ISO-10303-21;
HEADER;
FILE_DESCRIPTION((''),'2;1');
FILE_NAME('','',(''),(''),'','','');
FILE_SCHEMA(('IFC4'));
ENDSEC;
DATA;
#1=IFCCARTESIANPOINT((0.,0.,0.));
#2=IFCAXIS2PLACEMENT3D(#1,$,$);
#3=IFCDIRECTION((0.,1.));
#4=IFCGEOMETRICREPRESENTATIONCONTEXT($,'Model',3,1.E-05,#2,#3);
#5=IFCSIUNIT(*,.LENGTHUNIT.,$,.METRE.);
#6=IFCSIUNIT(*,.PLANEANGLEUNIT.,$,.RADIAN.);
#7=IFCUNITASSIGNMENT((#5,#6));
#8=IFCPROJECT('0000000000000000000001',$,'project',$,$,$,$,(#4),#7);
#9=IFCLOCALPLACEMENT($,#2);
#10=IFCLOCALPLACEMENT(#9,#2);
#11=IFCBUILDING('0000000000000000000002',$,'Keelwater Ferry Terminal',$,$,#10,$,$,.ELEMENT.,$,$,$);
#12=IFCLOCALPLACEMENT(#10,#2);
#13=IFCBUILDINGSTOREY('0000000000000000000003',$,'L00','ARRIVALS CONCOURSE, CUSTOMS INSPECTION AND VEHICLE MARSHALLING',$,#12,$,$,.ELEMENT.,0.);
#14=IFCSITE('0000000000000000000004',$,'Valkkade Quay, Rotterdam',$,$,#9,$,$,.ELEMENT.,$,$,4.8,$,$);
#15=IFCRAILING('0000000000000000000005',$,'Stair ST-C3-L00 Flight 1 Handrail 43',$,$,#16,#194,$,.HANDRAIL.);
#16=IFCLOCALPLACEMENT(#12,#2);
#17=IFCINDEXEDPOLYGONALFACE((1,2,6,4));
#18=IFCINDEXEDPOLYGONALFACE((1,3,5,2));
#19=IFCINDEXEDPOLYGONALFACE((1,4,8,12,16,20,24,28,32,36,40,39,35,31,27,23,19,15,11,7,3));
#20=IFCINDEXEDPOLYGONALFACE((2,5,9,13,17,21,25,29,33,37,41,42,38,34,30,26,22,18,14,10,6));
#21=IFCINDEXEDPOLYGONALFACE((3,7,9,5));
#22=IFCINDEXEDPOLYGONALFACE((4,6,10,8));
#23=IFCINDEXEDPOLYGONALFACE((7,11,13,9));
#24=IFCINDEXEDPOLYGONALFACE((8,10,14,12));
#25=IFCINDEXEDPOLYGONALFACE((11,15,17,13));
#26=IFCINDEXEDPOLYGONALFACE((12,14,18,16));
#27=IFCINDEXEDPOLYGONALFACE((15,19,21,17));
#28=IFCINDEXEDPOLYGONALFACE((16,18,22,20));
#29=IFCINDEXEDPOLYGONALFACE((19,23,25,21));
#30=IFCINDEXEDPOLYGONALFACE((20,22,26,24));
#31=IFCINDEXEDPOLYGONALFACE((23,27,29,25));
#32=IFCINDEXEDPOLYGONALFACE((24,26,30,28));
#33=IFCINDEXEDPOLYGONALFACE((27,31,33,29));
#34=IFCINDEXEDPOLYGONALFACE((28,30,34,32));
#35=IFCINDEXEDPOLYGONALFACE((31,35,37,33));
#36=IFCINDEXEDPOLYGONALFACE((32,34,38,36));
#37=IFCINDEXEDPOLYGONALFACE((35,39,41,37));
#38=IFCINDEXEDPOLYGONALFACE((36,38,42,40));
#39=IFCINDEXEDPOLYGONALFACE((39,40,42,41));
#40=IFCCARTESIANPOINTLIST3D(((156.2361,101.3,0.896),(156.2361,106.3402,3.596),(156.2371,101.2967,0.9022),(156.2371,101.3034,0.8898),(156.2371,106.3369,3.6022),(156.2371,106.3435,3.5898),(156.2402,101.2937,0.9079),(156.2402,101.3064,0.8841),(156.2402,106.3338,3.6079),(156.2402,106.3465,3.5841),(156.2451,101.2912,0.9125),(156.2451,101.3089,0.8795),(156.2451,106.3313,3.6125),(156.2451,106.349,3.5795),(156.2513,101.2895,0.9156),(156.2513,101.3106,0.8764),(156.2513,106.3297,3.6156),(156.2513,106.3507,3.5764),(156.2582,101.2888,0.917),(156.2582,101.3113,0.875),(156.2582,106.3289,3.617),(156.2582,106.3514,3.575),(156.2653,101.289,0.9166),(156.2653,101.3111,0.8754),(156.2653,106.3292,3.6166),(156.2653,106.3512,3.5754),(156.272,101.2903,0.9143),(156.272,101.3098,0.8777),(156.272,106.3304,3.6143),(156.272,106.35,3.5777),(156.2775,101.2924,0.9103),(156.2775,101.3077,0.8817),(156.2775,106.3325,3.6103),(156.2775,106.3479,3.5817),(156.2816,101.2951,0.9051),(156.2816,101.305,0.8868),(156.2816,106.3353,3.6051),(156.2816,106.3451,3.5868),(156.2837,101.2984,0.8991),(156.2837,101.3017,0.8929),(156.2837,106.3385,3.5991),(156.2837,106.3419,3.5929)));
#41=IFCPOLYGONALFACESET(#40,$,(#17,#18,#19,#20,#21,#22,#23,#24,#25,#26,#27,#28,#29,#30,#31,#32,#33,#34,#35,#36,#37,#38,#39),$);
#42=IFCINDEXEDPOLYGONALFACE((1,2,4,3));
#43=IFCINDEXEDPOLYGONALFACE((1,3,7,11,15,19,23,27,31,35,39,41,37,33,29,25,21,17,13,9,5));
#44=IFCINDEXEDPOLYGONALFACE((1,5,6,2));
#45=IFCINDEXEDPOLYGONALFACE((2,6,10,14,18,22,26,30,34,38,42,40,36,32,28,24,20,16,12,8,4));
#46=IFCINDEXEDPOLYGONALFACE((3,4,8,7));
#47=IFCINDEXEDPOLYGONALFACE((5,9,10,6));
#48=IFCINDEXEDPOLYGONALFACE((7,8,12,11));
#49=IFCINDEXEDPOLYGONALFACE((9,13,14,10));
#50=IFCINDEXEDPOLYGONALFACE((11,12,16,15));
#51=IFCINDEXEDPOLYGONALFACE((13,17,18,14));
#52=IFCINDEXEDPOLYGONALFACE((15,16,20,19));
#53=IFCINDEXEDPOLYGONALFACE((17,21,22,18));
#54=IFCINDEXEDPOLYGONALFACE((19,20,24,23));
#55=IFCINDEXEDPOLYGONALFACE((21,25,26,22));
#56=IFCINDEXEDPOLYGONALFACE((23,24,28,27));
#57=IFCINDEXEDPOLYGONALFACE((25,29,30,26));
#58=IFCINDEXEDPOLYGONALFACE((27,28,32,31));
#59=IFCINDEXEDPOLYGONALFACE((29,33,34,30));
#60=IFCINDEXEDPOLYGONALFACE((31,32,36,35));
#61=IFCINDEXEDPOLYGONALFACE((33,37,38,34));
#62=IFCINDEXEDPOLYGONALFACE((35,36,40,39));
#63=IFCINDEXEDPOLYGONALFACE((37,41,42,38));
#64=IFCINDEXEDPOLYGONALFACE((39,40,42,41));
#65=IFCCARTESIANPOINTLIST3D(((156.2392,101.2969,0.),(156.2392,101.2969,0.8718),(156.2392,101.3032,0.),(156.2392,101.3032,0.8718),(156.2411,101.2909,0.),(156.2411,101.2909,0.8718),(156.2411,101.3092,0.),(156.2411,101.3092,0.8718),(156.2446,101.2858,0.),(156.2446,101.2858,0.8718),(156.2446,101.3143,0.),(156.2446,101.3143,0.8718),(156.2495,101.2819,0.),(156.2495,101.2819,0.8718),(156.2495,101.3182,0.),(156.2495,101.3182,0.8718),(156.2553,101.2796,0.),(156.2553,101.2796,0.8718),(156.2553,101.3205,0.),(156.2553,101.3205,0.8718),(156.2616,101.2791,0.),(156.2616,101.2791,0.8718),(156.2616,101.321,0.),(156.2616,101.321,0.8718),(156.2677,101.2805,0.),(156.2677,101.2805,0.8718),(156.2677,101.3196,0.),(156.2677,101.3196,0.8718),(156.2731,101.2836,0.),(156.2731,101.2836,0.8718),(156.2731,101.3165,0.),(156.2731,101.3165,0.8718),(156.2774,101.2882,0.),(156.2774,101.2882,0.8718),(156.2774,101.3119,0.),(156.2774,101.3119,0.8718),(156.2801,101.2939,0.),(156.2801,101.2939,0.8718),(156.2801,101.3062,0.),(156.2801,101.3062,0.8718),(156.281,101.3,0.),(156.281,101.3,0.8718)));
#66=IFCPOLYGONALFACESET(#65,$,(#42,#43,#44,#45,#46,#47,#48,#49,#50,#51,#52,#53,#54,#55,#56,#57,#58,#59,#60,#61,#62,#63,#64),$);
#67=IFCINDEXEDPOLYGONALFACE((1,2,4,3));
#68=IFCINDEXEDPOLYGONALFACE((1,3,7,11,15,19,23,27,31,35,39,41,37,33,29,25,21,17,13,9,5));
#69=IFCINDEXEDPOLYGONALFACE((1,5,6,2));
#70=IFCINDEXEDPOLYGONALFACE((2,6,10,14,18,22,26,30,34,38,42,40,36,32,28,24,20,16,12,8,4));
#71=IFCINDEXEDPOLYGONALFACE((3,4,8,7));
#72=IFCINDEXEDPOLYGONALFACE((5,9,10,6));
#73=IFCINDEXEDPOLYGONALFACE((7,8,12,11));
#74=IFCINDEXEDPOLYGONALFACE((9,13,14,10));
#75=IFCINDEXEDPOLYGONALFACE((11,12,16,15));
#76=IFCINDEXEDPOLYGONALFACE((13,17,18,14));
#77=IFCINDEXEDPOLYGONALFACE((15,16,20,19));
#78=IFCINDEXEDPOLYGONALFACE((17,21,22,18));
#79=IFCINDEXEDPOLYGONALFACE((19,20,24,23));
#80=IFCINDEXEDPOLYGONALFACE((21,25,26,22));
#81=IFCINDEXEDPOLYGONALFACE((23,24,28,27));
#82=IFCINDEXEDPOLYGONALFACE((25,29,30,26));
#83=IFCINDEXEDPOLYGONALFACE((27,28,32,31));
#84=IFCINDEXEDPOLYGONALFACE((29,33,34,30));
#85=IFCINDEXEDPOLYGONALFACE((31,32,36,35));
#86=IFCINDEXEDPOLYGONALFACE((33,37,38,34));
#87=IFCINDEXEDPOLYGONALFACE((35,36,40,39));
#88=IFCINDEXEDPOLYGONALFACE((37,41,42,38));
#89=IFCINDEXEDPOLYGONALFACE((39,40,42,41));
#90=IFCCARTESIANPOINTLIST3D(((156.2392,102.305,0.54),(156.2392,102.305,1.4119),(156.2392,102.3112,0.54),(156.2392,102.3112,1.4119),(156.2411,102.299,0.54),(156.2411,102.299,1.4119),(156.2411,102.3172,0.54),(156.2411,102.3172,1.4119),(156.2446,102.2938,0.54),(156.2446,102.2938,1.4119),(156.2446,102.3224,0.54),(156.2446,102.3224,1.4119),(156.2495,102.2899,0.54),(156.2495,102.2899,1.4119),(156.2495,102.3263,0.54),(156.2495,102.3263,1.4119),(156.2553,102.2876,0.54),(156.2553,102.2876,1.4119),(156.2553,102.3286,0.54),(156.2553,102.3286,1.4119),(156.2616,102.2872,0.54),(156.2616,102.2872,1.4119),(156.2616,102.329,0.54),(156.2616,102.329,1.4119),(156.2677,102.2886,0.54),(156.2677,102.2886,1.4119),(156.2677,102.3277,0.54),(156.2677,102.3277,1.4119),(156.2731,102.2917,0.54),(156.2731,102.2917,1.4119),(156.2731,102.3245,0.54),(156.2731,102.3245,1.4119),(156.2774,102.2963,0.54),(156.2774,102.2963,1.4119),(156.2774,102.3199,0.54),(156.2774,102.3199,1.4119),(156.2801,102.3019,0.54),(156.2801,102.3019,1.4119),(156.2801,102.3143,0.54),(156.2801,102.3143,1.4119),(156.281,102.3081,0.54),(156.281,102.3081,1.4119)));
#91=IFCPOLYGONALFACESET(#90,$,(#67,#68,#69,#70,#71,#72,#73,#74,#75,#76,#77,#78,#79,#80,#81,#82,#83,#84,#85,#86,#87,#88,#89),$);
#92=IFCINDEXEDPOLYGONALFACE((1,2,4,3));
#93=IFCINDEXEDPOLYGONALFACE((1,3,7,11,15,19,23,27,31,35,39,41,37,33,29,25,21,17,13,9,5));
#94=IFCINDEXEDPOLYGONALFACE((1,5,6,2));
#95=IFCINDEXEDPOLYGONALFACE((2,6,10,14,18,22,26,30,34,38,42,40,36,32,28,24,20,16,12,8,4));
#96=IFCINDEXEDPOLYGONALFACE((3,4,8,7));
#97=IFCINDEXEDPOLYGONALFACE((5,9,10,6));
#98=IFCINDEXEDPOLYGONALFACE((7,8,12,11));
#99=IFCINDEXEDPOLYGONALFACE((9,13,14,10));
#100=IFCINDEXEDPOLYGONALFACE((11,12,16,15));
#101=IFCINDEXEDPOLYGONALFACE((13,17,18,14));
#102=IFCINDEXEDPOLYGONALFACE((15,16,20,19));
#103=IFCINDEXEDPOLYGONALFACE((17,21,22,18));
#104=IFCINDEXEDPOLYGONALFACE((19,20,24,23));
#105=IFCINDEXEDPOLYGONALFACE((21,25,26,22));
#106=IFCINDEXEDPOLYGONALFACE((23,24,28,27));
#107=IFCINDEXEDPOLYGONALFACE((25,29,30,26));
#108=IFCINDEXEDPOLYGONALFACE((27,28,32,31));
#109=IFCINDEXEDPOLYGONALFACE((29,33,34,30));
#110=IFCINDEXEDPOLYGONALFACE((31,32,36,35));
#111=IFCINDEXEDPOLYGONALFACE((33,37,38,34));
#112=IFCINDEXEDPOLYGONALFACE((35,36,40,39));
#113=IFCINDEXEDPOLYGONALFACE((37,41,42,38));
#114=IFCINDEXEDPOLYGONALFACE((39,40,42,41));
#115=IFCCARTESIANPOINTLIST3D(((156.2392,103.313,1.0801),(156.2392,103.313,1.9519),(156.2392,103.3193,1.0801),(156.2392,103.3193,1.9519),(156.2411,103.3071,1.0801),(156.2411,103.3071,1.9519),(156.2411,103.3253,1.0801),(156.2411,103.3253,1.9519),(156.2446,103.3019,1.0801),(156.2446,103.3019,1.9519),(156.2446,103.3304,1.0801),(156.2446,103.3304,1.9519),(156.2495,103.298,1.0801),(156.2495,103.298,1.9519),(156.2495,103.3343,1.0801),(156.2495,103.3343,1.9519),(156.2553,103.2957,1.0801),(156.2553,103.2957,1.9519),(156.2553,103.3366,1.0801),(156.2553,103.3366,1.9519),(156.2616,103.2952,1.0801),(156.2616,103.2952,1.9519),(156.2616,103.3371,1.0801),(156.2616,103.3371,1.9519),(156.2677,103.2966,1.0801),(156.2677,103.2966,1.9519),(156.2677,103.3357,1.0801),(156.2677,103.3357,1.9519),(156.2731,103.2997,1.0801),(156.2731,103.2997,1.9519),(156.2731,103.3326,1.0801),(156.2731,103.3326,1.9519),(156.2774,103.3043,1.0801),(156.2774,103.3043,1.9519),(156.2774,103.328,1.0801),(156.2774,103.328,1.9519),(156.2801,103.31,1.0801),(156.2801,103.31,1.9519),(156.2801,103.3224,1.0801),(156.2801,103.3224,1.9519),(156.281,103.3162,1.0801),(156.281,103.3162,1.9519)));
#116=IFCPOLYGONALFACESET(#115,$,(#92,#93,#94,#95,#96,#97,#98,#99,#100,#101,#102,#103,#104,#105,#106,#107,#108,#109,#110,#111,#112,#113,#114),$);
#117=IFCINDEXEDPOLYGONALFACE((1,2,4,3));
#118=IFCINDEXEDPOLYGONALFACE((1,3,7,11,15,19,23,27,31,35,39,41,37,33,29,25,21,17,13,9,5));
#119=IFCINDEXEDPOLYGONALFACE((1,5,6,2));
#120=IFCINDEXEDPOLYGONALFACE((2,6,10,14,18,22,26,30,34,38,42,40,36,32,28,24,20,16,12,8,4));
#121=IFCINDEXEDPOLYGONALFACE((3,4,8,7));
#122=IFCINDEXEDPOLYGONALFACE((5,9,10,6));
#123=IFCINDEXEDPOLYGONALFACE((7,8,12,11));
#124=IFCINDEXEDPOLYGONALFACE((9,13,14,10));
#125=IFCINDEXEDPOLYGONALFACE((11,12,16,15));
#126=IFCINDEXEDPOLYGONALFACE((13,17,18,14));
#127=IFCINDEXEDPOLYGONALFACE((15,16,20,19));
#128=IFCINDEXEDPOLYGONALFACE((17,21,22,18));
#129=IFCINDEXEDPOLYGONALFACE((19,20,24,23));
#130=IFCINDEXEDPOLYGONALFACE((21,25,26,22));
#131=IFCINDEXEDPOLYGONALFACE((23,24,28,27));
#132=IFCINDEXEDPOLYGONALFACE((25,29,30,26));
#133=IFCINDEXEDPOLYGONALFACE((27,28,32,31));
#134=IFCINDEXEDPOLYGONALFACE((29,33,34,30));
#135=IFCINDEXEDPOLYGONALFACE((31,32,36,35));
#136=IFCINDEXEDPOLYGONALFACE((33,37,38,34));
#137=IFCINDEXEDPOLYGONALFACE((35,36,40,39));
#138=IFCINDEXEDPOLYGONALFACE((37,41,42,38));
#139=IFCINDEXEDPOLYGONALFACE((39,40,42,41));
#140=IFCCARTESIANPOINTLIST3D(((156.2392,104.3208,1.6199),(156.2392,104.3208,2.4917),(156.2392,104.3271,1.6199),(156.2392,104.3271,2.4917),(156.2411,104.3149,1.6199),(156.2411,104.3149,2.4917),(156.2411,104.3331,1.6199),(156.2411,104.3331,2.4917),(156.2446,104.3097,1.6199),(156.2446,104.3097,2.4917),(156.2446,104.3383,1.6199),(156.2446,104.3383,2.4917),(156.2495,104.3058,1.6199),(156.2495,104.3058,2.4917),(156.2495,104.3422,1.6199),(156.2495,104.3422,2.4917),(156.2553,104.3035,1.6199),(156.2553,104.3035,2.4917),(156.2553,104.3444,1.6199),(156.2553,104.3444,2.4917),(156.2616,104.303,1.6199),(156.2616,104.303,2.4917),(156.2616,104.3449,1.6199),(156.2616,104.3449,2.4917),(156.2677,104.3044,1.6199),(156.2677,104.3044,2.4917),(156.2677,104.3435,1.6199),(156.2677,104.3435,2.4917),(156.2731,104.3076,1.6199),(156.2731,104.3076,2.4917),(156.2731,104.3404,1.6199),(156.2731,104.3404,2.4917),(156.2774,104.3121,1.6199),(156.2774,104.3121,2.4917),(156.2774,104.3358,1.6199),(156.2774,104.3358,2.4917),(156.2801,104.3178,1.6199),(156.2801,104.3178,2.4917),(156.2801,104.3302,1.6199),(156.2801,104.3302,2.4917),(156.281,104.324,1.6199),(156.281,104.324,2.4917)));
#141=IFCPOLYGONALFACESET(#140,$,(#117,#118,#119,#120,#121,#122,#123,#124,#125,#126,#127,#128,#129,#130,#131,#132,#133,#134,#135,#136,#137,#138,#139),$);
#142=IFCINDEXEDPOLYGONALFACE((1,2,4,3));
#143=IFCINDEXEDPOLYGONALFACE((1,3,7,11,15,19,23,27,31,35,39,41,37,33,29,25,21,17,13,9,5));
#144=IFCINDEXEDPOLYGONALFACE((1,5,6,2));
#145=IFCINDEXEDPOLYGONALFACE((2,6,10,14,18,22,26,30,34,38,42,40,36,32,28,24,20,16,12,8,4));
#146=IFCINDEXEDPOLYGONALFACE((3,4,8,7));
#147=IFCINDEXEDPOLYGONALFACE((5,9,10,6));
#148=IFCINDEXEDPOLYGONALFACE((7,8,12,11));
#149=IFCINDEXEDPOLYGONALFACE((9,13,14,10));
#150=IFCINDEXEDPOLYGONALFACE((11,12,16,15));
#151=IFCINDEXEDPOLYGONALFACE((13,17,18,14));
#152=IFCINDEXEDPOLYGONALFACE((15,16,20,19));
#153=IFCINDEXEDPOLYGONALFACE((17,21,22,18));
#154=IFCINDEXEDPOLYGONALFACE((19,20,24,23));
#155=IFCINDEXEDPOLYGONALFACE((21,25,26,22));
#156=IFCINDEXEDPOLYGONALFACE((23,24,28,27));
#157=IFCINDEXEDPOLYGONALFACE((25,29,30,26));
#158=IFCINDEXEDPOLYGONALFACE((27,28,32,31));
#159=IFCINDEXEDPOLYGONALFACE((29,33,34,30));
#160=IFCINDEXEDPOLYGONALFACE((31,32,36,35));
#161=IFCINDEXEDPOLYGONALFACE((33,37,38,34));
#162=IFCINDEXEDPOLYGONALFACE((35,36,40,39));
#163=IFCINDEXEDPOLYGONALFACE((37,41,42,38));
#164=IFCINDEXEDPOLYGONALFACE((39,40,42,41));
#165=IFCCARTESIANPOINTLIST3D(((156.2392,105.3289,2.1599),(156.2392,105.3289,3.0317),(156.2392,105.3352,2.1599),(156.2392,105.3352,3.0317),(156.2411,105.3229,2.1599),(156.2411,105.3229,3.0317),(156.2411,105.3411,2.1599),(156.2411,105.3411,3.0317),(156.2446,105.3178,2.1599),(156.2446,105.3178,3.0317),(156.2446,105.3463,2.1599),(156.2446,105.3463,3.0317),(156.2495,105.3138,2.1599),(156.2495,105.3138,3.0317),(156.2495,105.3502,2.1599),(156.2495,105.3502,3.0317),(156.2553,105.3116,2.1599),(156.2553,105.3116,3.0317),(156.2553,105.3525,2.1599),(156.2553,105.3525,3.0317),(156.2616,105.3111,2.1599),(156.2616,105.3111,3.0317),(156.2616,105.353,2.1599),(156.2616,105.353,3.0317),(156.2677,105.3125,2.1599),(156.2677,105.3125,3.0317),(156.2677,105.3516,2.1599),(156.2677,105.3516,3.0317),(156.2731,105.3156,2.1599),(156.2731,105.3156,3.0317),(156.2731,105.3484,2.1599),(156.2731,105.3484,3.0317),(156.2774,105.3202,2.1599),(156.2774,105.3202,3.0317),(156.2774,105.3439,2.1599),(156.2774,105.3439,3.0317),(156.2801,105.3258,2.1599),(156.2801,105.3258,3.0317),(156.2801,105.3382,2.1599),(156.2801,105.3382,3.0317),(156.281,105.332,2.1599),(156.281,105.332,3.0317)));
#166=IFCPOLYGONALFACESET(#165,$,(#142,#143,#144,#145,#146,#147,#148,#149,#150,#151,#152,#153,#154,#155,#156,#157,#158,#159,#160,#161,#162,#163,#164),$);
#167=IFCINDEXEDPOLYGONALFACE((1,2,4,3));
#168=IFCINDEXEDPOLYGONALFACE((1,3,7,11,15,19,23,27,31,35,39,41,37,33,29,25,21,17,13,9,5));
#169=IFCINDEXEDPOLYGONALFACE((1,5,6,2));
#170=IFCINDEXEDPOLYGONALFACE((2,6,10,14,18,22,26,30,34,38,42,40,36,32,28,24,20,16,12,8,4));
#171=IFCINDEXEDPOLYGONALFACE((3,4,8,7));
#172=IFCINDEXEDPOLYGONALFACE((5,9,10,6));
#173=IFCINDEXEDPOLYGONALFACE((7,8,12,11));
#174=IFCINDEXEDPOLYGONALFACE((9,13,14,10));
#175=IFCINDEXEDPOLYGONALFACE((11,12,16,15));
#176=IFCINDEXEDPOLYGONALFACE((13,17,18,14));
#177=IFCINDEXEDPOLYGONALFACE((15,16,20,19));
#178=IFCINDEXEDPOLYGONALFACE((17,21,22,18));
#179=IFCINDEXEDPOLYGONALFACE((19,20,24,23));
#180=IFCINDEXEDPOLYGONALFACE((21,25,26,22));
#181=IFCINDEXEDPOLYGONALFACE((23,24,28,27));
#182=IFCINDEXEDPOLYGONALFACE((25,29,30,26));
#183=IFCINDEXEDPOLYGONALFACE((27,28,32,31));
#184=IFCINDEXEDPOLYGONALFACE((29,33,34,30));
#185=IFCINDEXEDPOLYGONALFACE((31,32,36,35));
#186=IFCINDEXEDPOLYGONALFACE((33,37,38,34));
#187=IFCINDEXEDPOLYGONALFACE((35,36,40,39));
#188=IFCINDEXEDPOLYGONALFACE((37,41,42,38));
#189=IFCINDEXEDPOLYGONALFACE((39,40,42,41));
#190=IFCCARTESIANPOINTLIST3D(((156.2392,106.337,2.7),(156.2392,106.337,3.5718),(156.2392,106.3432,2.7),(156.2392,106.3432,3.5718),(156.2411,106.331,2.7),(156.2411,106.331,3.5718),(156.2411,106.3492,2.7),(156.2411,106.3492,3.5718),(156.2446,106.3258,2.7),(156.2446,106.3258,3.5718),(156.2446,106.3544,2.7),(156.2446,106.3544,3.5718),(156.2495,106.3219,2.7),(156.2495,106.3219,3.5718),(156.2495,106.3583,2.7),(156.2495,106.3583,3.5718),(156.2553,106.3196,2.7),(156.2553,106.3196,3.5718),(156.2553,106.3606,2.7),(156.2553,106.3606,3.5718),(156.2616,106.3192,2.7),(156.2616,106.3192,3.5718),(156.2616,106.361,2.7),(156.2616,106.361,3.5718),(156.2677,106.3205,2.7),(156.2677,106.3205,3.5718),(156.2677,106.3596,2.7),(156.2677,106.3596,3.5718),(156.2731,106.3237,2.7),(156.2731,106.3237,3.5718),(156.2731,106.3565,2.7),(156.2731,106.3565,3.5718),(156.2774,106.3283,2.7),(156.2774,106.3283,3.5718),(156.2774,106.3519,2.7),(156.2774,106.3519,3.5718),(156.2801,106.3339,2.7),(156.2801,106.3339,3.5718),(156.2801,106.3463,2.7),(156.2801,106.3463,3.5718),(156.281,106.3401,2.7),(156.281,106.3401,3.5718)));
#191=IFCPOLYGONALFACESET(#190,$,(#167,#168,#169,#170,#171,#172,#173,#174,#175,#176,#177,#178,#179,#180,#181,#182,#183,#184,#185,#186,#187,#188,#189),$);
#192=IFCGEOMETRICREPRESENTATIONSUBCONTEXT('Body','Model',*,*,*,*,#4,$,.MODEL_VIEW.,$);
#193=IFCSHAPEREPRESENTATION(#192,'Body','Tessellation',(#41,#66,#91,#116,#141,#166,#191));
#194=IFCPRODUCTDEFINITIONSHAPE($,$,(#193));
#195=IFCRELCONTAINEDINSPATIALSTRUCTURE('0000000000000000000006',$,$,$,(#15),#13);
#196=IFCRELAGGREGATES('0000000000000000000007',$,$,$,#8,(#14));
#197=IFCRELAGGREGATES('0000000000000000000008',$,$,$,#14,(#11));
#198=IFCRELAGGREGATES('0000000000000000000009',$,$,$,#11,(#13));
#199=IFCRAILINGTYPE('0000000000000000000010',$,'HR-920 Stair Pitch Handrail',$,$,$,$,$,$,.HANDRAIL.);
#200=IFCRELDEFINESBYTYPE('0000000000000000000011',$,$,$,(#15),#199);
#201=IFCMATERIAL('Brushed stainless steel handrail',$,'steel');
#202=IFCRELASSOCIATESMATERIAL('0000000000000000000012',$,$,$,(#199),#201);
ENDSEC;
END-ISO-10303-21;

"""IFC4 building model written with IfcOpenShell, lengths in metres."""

from ifc_helpers import new_model, si_unit, direction, frame, origin, origin_2d, place, context, subcontext, project, spatial, circle, extrude, material, type_object, element, save


model = new_model("IFC4")

# Units and contexts
model_context = context("Model", 3, precision=1e-05, world=origin(), true_north=direction((0.0, 1.0)))
body_context = subcontext(model_context, "Body", "Model", "MODEL_VIEW")
ifc_project = project(units=[si_unit("LENGTHUNIT", "METRE"), si_unit("PLANEANGLEUNIT", "RADIAN")], contexts=[model_context])

# Site, building, storey
site_placement = place(None, origin())
site = spatial("IfcSite", under=ifc_project, at=site_placement, Name="Valkkade Quay, Rotterdam", CompositionType="ELEMENT", RefElevation=4.8)
building_placement = place(site_placement, origin())
building = spatial("IfcBuilding", under=site, at=building_placement, Name="Keelwater Ferry Terminal", CompositionType="ELEMENT")
storey_placement = place(building_placement, origin())
storey = spatial("IfcBuildingStorey", under=building, at=storey_placement, Name="L00", Description="ARRIVALS CONCOURSE, CUSTOMS INSPECTION AND VEHICLE MARSHALLING", CompositionType="ELEMENT", Elevation=0.0)

# Railing
ifc_material_1 = material(Name="Brushed stainless steel handrail", Category="steel")
railing_type = type_object("IfcRailingType", Name="HR-920 Stair Pitch Handrail", PredefinedType="HANDRAIL", material=ifc_material_1)
railing_placement = place(storey_placement, frame((156.26, 101.3, 0.0)))
element("IfcRailing", 1, at=railing_placement, inside=storey, type_object=railing_type, Name="Stair ST-C3-L00 Flight 1 Handrail 43", PredefinedType="HANDRAIL", context=body_context, shape_type="SweptSolid", body=[
    extrude(circle(Radius=0.0239, at=origin_2d()), frame((0.0, 0.0, 0.896), z_axis=(0.0, 0.881485, 0.472212), x_axis=(-1.0, 0.0, 0.0)), (0.0, 0.0, 1.0), 5.7178),
    extrude(circle(Radius=0.021, at=origin_2d()), origin(), (0.0, 0.0, 1.0), 0.8718),
    extrude(circle(Radius=0.021, at=origin_2d()), frame((0.0, 1.0081, 0.54)), (0.0, 0.0, 1.0), 0.8718),
    extrude(circle(Radius=0.021, at=origin_2d()), frame((0.0, 2.0161, 1.0801)), (0.0, 0.0, 1.0), 0.8718),
    extrude(circle(Radius=0.021, at=origin_2d()), frame((0.0, 3.0239, 1.6199)), (0.0, 0.0, 1.0), 0.8718),
    extrude(circle(Radius=0.021, at=origin_2d()), frame((0.0, 4.032, 2.1599)), (0.0, 0.0, 1.0), 0.8718),
    extrude(circle(Radius=0.021, at=origin_2d()), frame((0.0, 5.04, 2.7)), (0.0, 0.0, 1.0), 0.8718),
])

save(model, "model.ifc")
